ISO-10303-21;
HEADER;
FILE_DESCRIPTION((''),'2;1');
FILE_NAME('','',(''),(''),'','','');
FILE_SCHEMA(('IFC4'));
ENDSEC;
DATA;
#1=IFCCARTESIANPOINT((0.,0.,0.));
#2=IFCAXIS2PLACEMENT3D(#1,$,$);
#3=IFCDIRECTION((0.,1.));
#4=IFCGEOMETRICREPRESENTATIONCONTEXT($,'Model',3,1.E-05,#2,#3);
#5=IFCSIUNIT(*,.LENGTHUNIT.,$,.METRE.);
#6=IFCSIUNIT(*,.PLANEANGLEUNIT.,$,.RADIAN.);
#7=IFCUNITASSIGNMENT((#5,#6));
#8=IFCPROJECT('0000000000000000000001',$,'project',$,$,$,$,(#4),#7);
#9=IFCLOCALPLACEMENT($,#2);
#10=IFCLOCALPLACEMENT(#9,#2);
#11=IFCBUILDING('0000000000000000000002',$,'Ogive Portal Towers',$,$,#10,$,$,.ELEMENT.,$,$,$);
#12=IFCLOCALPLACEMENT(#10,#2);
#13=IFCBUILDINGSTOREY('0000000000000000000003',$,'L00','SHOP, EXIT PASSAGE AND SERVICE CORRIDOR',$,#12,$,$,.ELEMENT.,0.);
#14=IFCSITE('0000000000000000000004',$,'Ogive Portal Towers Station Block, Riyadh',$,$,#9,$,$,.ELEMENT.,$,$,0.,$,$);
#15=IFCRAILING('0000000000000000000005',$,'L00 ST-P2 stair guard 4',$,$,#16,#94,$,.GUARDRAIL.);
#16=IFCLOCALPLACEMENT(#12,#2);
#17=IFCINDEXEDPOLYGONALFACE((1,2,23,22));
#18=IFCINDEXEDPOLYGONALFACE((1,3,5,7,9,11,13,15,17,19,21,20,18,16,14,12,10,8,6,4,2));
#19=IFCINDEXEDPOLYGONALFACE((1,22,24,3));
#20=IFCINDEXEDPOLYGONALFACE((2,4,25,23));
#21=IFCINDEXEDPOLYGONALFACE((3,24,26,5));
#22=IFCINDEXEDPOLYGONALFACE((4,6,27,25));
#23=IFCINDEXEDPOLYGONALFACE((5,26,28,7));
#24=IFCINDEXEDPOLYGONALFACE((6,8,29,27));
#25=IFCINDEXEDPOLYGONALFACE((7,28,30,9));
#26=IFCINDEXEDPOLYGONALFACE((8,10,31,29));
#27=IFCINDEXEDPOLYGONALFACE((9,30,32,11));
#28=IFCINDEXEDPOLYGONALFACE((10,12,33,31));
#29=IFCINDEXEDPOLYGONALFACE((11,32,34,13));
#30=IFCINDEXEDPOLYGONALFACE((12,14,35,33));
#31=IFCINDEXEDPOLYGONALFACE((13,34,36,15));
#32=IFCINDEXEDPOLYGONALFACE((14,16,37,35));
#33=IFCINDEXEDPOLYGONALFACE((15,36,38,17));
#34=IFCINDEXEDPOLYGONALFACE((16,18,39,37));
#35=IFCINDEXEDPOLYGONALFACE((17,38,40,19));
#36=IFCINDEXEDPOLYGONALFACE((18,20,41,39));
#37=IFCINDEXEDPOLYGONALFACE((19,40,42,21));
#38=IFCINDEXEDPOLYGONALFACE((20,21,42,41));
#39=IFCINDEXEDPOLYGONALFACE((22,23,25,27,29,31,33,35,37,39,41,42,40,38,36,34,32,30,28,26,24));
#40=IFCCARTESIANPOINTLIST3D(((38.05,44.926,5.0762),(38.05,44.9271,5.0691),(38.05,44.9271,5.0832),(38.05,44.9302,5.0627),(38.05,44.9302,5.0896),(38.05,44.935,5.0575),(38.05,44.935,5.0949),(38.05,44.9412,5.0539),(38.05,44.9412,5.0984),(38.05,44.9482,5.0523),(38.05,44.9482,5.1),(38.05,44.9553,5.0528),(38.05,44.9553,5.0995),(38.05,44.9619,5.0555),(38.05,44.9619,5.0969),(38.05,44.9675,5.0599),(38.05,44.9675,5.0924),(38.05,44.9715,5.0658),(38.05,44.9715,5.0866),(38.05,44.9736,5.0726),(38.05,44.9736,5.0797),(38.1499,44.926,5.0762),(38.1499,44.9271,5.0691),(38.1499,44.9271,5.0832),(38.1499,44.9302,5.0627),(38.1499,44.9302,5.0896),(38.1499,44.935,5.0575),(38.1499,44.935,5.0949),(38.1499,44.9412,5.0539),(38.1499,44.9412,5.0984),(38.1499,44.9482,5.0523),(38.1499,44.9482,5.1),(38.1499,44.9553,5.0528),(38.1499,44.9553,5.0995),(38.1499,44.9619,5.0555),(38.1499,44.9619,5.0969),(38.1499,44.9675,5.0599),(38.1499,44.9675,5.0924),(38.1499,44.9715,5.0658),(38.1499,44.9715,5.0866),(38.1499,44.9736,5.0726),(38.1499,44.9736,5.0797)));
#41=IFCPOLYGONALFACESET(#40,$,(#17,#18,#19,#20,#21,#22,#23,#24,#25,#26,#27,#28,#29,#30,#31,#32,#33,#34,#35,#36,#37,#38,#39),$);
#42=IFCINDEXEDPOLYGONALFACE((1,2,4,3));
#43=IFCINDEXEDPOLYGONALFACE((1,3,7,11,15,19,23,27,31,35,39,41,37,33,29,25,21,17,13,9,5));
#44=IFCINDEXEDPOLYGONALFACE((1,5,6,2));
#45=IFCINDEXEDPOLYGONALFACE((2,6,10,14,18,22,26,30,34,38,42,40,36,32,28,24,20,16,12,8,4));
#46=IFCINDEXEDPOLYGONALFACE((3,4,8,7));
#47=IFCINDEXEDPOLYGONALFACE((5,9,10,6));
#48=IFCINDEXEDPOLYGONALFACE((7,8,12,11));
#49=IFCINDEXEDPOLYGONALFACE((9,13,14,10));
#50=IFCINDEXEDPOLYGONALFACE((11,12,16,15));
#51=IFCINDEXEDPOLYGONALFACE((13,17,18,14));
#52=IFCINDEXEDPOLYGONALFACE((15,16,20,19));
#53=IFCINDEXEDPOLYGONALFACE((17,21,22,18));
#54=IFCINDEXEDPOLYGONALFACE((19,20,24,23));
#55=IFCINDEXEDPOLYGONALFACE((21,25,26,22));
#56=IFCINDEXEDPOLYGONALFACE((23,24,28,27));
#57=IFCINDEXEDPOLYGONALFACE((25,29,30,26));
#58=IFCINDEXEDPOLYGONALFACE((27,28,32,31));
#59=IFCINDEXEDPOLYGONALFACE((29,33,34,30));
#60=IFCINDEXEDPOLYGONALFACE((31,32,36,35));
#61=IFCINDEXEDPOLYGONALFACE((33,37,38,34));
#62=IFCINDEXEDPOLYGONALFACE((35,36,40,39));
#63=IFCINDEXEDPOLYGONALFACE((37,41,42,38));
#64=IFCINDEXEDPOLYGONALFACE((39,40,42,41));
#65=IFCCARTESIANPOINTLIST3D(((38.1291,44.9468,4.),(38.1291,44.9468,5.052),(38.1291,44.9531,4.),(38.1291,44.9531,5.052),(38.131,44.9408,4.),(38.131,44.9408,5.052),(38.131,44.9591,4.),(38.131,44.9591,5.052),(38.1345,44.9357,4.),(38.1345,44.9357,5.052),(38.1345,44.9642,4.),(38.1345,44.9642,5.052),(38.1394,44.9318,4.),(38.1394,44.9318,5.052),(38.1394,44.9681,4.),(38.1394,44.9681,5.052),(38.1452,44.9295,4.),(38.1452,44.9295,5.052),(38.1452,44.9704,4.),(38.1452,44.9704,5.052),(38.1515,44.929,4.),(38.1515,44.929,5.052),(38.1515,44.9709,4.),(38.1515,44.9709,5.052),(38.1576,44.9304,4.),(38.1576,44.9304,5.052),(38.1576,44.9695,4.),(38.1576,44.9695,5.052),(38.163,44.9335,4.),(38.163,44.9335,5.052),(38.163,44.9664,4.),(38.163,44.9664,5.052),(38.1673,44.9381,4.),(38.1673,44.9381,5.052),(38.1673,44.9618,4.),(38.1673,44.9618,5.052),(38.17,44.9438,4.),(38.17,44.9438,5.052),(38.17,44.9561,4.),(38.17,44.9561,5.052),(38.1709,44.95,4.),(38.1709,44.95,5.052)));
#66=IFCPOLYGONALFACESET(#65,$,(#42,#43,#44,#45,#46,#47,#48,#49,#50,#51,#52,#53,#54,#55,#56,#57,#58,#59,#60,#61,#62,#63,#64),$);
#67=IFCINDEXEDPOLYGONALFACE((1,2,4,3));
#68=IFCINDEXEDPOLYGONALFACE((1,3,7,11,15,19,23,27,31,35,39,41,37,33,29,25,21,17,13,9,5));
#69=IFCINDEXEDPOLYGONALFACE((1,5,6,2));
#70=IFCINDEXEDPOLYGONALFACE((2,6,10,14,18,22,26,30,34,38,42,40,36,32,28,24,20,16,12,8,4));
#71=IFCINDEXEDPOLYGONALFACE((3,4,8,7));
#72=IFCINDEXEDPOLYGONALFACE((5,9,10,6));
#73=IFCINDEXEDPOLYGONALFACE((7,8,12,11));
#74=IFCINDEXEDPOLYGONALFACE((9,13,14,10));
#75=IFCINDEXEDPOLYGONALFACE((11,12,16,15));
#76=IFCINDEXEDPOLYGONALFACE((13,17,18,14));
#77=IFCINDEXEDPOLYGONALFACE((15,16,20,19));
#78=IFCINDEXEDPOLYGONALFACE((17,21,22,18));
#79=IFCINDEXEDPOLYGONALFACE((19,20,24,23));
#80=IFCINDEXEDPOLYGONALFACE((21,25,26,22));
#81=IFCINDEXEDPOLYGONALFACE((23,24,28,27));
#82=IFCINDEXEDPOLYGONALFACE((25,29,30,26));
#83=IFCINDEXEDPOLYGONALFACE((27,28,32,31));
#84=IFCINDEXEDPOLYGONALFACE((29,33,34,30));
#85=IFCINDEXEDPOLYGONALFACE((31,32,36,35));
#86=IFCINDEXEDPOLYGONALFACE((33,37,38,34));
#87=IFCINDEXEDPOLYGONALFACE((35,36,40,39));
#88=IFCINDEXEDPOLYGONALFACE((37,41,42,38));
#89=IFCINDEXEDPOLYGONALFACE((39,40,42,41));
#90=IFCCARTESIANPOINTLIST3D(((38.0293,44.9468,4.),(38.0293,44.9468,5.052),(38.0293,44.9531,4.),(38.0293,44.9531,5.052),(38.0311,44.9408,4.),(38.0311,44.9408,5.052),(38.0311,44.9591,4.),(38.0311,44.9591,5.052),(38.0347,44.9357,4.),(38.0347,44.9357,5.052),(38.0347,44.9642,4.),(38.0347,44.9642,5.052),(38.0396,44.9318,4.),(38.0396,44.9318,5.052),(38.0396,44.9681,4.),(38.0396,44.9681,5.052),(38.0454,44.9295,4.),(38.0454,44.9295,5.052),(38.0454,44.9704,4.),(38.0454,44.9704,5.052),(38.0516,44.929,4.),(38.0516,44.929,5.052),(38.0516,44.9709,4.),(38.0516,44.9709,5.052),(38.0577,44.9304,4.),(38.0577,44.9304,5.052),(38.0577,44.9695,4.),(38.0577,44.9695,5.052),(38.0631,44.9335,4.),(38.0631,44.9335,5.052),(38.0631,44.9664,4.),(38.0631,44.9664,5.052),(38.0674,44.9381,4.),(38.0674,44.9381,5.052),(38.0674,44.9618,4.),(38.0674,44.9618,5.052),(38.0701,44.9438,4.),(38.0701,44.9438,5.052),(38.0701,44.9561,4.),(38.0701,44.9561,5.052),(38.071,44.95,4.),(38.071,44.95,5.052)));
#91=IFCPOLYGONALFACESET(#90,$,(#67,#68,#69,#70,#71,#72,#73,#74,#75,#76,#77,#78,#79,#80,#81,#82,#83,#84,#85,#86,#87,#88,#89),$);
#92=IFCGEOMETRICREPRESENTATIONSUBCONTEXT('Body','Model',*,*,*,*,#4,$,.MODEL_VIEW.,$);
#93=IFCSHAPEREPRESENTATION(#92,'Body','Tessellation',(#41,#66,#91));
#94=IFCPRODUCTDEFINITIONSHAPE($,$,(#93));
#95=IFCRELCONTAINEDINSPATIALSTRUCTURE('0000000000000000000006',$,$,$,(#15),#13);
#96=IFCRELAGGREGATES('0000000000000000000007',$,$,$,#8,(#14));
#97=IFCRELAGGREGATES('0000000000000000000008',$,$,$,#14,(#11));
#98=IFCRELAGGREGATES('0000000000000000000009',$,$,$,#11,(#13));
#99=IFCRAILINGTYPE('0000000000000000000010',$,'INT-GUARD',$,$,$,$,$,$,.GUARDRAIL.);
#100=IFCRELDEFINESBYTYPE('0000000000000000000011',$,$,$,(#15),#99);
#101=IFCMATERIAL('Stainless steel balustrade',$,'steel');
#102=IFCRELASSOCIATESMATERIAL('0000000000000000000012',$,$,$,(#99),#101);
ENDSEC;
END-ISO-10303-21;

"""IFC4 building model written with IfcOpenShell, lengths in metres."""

from ifc_helpers import new_model, si_unit, direction, frame, origin, origin_2d, place, context, subcontext, project, spatial, circle, extrude, material, type_object, element, save


model = new_model("IFC4")

# Units and contexts
model_context = context("Model", 3, precision=1e-05, world=origin(), true_north=direction((0.0, 1.0)))
body_context = subcontext(model_context, "Body", "Model", "MODEL_VIEW")
ifc_project = project(units=[si_unit("LENGTHUNIT", "METRE"), si_unit("PLANEANGLEUNIT", "RADIAN")], contexts=[model_context])

# Site, building, storey
site_placement = place(None, origin())
site = spatial("IfcSite", under=ifc_project, at=site_placement, Name="Ogive Portal Towers Station Block, Riyadh", CompositionType="ELEMENT", RefElevation=0.0)
building_placement = place(site_placement, origin())
building = spatial("IfcBuilding", under=site, at=building_placement, Name="Ogive Portal Towers", CompositionType="ELEMENT")
storey_placement = place(building_placement, origin())
storey = spatial("IfcBuildingStorey", under=building, at=storey_placement, Name="L00", Description="SHOP, EXIT PASSAGE AND SERVICE CORRIDOR", CompositionType="ELEMENT", Elevation=0.0)

# Railing
ifc_material_1 = material(Name="Stainless steel balustrade", Category="steel")
railing_type_1 = type_object("IfcRailingType", Name="INT-GUARD", PredefinedType="GUARDRAIL", material=ifc_material_1)
railing_1_placement = place(storey_placement, frame((38.1499, 44.95, 4.0)))
element("IfcRailing", 1, at=railing_1_placement, inside=storey, type_object=railing_type_1, Name="L00 ST-P2 stair guard 4", PredefinedType="GUARDRAIL", context=body_context, shape_type="SweptSolid", body=[
    extrude(circle(Radius=0.0239, at=origin_2d()), frame((0.0, 0.0, 1.0762), z_axis=(-1.0, 0.0, 0.0), x_axis=(0.0, -1.0, 0.0)), (0.0, 0.0, 1.0), 0.0999),
    extrude(circle(Radius=0.021, at=origin_2d()), origin(), (0.0, 0.0, 1.0), 1.052),
    extrude(circle(Radius=0.021, at=origin_2d()), frame((-0.0999, 0.0, 0.0)), (0.0, 0.0, 1.0), 1.052),
])

save(model, "model.ifc")
